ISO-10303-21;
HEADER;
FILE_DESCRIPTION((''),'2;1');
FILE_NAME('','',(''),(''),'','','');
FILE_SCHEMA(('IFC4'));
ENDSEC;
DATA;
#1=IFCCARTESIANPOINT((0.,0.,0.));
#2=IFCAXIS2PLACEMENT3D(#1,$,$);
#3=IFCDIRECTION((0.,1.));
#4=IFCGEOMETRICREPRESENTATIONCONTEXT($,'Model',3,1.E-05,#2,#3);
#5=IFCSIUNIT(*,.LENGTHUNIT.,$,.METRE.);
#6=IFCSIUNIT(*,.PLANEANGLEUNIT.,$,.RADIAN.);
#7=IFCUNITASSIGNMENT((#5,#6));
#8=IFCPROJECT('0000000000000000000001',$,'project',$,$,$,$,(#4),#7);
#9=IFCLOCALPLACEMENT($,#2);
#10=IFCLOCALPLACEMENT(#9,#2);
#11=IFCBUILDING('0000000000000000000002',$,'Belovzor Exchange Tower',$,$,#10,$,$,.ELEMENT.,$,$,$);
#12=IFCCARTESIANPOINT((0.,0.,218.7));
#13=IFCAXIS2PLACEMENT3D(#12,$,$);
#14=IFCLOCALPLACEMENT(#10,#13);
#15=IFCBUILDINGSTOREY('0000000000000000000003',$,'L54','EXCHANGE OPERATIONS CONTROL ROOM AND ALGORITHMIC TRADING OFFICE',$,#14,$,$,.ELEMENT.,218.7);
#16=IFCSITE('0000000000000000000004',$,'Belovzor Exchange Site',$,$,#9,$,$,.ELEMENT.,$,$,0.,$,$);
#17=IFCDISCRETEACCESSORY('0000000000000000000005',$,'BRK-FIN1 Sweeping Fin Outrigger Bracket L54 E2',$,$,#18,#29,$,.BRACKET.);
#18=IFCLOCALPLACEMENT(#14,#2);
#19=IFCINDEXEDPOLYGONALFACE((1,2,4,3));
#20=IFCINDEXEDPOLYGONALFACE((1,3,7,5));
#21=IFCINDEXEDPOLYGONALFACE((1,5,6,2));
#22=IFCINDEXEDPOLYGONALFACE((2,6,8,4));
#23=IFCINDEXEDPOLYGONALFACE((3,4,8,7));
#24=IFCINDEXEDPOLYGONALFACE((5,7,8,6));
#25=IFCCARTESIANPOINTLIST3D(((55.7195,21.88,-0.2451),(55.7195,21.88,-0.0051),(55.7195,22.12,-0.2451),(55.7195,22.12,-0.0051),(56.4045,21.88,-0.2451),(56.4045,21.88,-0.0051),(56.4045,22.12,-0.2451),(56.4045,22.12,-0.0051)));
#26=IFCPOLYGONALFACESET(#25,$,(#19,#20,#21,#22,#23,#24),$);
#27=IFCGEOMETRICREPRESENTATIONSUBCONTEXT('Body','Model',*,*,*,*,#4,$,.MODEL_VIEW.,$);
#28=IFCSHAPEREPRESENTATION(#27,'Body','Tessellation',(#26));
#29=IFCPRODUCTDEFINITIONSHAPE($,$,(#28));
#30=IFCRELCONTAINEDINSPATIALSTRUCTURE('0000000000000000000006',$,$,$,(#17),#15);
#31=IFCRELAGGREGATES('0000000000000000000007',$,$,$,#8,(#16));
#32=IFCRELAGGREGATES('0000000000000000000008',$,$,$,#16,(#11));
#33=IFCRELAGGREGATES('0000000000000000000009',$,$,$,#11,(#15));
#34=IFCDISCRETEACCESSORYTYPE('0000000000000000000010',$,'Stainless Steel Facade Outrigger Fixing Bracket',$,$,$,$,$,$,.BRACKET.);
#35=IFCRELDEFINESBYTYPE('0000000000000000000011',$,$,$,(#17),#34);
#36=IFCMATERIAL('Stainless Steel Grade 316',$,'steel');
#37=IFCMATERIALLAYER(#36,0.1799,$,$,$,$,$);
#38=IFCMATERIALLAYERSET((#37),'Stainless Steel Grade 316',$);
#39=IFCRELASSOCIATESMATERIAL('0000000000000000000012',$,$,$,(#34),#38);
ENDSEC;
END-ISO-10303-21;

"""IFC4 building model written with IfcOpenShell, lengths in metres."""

from ifc_helpers import new_model, si_unit, direction, frame, origin, origin_2d, place, context, subcontext, project, spatial, rectangle, extrude, material, layer, layer_set, type_object, element, save


model = new_model("IFC4")

# Units and contexts
model_context = context("Model", 3, precision=1e-05, world=origin(), true_north=direction((0.0, 1.0)))
body_context = subcontext(model_context, "Body", "Model", "MODEL_VIEW")
ifc_project = project(units=[si_unit("LENGTHUNIT", "METRE"), si_unit("PLANEANGLEUNIT", "RADIAN")], contexts=[model_context])

# Site, building, storey
site_placement = place(None, origin())
site = spatial("IfcSite", under=ifc_project, at=site_placement, Name="Belovzor Exchange Site", CompositionType="ELEMENT", RefElevation=0.0)
building_placement = place(site_placement, origin())
building = spatial("IfcBuilding", under=site, at=building_placement, Name="Belovzor Exchange Tower", CompositionType="ELEMENT")
storey_placement = place(building_placement, frame((0.0, 0.0, 218.7)))
storey = spatial("IfcBuildingStorey", under=building, at=storey_placement, Name="L54", Description="EXCHANGE OPERATIONS CONTROL ROOM AND ALGORITHMIC TRADING OFFICE", CompositionType="ELEMENT", Elevation=218.7)

# Discrete accessory
ifc_material_1 = material(Name="Stainless Steel Grade 316", Category="steel")
ifc_layer_1 = layer(ifc_material_1, 0.1799)
ifc_layer_set_1 = layer_set([ifc_layer_1], Name="Stainless Steel Grade 316")
discrete_accessory_type = type_object("IfcDiscreteAccessoryType", Name="Stainless Steel Facade Outrigger Fixing Bracket", PredefinedType="BRACKET", material=ifc_layer_set_1)
discrete_accessory_placement = place(storey_placement, frame((56.062, 22.0, -0.2451), z_axis=(0.0, 0.0, 1.0), x_axis=(1.0, 0.0, 0.0)))
element("IfcDiscreteAccessory", 1, at=discrete_accessory_placement, inside=storey, type_object=discrete_accessory_type, Name="BRK-FIN1 Sweeping Fin Outrigger Bracket L54 E2", PredefinedType="BRACKET", context=body_context, shape_type="SweptSolid", body=[
    extrude(rectangle(XDim=0.6851, YDim=0.24, at=origin_2d()), origin(), (0.0, 0.0, 1.0), 0.24),
])

save(model, "model.ifc")
